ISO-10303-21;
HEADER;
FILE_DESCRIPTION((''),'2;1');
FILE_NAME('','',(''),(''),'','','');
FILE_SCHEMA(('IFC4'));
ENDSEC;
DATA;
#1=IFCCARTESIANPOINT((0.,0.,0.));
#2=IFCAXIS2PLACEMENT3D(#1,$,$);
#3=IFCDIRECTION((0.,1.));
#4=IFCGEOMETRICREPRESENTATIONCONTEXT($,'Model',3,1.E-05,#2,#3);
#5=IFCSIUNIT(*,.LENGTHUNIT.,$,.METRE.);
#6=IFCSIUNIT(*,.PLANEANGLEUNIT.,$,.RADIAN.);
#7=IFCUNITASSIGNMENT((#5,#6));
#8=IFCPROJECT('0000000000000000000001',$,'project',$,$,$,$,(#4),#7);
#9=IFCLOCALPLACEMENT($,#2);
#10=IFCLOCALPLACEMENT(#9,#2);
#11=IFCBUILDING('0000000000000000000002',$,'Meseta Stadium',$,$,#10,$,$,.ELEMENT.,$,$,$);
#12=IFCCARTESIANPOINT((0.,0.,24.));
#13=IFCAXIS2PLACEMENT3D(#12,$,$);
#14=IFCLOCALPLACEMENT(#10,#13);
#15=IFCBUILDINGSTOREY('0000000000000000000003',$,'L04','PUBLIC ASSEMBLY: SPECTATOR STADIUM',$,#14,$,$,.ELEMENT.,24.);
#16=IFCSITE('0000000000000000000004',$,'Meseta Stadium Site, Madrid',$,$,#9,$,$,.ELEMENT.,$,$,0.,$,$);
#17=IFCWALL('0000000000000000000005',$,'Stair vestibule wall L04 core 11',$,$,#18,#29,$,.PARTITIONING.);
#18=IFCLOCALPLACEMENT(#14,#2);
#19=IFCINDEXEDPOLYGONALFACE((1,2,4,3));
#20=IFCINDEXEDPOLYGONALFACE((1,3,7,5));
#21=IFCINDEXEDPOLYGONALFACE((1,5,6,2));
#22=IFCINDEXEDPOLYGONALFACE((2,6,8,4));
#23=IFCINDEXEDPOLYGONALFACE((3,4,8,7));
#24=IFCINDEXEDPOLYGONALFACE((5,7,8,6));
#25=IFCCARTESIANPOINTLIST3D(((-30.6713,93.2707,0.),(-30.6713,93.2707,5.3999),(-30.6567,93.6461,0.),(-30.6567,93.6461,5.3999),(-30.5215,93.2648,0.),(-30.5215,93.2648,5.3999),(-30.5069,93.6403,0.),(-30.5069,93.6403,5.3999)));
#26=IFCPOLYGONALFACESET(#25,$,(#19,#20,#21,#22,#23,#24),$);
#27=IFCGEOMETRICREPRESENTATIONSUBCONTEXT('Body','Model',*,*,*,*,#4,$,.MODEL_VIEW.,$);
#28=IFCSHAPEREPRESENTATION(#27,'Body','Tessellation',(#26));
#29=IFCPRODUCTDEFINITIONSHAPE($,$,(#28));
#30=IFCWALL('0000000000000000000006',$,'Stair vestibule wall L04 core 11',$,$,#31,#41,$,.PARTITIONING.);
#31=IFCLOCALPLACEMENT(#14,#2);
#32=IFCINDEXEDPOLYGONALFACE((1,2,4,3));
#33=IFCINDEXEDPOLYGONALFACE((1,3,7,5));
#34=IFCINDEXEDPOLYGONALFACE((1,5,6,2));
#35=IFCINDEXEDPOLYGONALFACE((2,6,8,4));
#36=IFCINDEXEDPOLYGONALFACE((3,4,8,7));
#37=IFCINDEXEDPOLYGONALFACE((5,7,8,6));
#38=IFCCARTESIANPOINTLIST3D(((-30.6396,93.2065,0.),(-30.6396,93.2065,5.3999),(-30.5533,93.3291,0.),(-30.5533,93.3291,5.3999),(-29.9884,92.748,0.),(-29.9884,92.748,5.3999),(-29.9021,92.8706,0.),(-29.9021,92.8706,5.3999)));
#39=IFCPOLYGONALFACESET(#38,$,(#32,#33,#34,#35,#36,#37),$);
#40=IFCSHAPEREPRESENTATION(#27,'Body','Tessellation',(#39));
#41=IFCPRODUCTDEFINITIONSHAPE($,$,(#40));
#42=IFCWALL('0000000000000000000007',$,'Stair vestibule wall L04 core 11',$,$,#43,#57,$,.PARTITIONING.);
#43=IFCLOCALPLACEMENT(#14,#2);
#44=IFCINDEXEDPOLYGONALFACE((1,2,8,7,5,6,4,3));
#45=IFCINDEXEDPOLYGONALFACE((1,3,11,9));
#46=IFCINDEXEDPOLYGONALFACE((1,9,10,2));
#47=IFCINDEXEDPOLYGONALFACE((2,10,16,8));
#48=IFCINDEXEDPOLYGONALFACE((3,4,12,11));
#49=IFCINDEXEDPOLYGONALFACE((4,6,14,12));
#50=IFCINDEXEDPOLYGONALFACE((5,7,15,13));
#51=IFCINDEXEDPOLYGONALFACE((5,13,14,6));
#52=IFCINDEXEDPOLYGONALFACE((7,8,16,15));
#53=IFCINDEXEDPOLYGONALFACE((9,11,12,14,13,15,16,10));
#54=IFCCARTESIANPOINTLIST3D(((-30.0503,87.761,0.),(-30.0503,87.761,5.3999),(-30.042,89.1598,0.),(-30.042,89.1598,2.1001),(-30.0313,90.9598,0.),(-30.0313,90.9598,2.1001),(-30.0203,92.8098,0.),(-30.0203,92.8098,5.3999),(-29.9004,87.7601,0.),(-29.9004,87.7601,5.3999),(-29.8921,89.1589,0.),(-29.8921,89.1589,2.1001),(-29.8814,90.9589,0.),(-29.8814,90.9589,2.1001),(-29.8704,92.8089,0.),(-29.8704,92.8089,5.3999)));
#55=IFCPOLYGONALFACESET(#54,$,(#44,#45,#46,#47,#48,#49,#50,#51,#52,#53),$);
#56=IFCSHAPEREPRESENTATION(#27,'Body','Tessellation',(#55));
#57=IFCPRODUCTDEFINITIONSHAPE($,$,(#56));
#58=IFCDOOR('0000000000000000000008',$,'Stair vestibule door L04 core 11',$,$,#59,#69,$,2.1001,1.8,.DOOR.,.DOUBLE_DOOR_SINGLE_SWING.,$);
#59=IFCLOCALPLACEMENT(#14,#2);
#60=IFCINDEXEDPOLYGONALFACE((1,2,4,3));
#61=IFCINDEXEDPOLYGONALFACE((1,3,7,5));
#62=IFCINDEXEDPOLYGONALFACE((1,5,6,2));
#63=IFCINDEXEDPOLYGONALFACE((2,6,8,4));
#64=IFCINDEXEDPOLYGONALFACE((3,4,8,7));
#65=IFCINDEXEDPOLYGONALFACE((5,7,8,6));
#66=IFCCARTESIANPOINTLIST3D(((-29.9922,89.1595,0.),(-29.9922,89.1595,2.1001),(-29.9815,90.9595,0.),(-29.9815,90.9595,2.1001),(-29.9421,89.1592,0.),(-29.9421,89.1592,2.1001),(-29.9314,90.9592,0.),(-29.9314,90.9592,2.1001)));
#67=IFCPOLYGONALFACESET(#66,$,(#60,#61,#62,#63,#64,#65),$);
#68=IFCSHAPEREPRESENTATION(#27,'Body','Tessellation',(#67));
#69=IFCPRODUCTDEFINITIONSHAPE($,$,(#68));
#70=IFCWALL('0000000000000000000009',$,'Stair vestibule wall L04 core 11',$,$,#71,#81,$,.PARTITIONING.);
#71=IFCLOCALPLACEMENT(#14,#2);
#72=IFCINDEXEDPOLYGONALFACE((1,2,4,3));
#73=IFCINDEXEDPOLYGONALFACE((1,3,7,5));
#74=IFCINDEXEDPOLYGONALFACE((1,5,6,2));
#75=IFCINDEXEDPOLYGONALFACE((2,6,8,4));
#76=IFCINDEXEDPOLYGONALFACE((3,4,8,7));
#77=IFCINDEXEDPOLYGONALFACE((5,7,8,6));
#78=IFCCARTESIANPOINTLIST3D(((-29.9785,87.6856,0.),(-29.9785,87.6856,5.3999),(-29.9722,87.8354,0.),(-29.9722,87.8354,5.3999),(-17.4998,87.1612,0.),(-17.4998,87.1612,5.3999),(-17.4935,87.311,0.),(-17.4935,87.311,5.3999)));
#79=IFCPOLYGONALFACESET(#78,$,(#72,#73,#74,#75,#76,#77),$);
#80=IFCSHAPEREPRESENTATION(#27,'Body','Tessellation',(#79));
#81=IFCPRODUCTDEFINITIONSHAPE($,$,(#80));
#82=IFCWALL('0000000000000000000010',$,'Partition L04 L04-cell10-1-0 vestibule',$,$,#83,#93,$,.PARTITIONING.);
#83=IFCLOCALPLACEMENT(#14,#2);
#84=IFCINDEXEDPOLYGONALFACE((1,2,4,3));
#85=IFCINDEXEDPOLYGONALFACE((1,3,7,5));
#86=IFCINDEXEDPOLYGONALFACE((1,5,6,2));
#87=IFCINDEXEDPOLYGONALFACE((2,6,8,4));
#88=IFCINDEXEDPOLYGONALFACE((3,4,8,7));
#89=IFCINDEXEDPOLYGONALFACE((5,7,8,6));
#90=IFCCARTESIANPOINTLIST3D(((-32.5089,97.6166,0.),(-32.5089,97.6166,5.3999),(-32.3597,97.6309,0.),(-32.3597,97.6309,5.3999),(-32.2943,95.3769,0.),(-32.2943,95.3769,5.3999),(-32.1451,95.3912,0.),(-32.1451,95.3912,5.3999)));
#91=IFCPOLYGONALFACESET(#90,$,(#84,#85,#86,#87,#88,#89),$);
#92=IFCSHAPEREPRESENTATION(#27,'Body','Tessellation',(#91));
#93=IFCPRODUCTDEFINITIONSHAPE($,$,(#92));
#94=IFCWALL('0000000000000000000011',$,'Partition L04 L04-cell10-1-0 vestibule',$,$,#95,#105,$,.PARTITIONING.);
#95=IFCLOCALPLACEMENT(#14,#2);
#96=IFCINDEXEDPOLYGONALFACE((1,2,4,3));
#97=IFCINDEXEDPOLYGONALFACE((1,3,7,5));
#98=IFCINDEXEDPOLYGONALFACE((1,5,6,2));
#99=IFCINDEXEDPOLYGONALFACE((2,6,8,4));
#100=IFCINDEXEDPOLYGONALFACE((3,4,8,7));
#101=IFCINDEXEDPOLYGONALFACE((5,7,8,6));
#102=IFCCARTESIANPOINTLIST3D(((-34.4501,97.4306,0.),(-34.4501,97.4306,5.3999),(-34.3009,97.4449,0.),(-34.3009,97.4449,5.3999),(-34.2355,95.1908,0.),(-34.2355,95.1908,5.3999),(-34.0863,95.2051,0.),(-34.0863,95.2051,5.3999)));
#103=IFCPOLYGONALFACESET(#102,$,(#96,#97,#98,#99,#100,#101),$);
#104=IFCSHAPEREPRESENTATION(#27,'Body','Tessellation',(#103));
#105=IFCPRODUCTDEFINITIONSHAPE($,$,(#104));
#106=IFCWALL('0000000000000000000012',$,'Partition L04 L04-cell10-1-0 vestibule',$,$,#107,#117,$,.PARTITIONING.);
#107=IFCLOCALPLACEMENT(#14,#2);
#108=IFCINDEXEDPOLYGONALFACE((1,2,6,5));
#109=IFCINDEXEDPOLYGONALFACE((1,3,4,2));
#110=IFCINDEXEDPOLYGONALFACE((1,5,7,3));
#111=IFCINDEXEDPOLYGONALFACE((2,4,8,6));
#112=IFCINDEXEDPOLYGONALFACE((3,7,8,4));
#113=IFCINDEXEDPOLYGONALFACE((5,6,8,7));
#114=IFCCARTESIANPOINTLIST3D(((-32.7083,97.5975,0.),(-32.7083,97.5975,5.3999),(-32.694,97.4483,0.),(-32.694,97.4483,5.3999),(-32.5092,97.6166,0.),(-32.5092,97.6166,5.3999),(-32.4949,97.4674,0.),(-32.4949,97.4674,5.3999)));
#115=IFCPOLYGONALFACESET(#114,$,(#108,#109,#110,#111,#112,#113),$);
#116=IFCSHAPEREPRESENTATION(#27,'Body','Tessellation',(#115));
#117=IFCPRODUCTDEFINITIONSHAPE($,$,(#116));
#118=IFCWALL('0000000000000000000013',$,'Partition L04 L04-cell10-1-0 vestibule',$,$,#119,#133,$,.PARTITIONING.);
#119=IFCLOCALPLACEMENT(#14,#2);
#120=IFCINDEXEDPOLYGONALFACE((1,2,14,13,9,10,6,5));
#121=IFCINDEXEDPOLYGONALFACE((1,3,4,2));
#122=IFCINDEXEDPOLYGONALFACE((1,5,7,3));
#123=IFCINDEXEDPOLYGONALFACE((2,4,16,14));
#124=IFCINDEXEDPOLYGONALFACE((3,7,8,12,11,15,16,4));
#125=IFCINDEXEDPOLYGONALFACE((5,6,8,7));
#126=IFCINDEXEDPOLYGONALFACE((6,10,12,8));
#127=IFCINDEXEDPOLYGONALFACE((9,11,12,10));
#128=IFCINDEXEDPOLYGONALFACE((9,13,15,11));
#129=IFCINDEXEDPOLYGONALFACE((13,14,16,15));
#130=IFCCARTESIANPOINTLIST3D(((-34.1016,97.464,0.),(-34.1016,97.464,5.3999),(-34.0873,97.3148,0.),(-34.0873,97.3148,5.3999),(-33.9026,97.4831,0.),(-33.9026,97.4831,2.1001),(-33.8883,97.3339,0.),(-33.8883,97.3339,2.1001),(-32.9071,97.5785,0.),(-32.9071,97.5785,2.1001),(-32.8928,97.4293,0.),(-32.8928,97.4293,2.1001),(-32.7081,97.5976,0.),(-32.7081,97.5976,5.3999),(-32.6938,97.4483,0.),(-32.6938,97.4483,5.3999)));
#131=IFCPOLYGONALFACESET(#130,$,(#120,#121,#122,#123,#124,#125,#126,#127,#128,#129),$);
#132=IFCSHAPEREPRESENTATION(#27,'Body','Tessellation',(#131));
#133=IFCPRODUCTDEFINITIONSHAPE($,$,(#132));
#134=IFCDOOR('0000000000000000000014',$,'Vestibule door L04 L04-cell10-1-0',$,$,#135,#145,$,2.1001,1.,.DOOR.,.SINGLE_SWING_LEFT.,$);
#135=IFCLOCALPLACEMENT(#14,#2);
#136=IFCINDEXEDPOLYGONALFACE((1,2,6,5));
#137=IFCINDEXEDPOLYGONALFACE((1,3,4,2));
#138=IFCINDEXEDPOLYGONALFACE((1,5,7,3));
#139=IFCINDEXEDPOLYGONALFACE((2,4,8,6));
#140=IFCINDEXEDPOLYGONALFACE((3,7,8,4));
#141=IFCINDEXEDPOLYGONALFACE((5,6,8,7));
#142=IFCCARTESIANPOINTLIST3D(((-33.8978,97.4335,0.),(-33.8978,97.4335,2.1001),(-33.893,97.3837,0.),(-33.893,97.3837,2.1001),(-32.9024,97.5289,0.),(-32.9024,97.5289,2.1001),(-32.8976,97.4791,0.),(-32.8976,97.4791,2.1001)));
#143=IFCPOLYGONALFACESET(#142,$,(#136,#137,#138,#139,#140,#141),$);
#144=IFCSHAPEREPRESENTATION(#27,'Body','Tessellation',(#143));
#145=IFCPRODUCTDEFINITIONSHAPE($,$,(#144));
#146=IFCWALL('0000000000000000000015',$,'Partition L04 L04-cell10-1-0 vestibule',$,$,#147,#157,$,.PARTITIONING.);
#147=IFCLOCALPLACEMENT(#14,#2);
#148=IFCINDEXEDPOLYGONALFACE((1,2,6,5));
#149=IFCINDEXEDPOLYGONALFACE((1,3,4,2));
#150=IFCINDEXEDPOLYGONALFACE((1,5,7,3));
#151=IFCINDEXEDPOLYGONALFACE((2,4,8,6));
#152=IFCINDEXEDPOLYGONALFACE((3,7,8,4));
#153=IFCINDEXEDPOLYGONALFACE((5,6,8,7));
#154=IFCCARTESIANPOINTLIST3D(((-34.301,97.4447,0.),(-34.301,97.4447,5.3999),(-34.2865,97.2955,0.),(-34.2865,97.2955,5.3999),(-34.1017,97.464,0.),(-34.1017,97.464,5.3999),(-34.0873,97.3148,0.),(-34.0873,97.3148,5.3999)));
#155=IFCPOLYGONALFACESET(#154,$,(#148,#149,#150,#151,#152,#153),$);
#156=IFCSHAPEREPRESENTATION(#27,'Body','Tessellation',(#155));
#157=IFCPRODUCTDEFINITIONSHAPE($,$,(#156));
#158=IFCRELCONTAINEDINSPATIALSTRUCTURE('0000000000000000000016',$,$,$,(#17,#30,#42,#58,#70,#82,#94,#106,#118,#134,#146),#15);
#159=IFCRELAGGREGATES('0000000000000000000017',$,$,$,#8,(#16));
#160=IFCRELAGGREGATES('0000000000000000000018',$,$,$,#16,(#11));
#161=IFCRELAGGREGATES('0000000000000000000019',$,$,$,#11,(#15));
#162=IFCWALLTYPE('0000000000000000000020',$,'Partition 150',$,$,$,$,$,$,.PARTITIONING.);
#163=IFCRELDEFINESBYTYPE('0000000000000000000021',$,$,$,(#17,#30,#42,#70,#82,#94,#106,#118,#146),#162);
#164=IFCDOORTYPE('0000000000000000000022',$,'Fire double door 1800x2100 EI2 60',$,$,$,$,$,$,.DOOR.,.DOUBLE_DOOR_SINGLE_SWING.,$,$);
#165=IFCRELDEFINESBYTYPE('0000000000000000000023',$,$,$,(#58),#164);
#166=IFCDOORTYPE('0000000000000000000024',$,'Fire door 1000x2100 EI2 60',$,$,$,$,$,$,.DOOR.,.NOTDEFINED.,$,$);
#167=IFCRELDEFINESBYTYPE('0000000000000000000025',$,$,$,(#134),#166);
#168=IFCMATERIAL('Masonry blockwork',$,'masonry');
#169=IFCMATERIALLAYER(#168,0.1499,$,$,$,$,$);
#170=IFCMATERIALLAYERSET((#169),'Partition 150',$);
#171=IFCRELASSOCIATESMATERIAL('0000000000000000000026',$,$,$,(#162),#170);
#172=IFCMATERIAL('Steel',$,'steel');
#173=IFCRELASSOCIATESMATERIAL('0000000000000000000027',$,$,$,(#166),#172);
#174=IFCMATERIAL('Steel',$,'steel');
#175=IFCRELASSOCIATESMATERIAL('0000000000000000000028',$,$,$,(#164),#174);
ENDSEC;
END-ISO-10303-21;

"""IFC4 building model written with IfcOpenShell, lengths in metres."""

from ifc_helpers import new_model, si_unit, direction, frame, frame_2d, origin, place, context, subcontext, project, spatial, rectangle, extrude, material, layer, layer_set, type_object, element, fill, save


model = new_model("IFC4")

# Units and contexts
model_context = context("Model", 3, precision=1e-05, world=origin(), true_north=direction((0.0, 1.0)))
body_context = subcontext(model_context, "Body", "Model", "MODEL_VIEW")
ifc_project = project(units=[si_unit("LENGTHUNIT", "METRE"), si_unit("PLANEANGLEUNIT", "RADIAN")], contexts=[model_context])

# Site, building, storey
site_placement = place(None, origin())
site = spatial("IfcSite", under=ifc_project, at=site_placement, Name="Meseta Stadium Site, Madrid", CompositionType="ELEMENT", RefElevation=0.0)
building_placement = place(site_placement, origin())
building = spatial("IfcBuilding", under=site, at=building_placement, Name="Meseta Stadium", CompositionType="ELEMENT")
storey_placement = place(building_placement, frame((0.0, 0.0, 24.0)))
storey = spatial("IfcBuildingStorey", under=building, at=storey_placement, Name="L04", Description="PUBLIC ASSEMBLY: SPECTATOR STADIUM", CompositionType="ELEMENT", Elevation=24.0)

# Shared definitions
ifc_material_1 = material(Name="Masonry blockwork", Category="masonry")
ifc_layer_1 = layer(ifc_material_1, 0.1499)
ifc_layer_set_1 = layer_set([ifc_layer_1], Name="Partition 150")
wall_type_1 = type_object("IfcWallType", Name="Partition 150", PredefinedType="PARTITIONING", material=ifc_layer_set_1)

# Shared definitions
ifc_material_2 = material(Name="Steel", Category="steel")
door_type_1 = type_object("IfcDoorType", Name="Fire door 1000x2100 EI2 60", OperationType="NOTDEFINED", PredefinedType="DOOR", material=ifc_material_2)

# Walls
wall_1_placement = place(storey_placement, frame((-30.5818, 93.6433, 0.0), z_axis=(0.0, 0.0, 1.0), x_axis=(-0.038982, -0.99924, 0.0)))
element("IfcWall", 1, at=wall_1_placement, inside=storey, type_object=wall_type_1, Name="Stair vestibule wall L04 core 11", PredefinedType="PARTITIONING", context=body_context, shape_type="SweptSolid", body=[
    extrude(rectangle(XDim=0.3757, YDim=0.1499, at=frame_2d((0.188, 0.0))), origin(), (0.0, 0.0, 1.0), 5.3999),
])
wall_2_placement = place(storey_placement, frame((-30.5964, 93.2678, 0.0), z_axis=(0.0, 0.0, 1.0), x_axis=(0.81763, -0.575744, 0.0)))
element("IfcWall", 2, at=wall_2_placement, inside=storey, type_object=wall_type_1, Name="Stair vestibule wall L04 core 11", PredefinedType="PARTITIONING", context=body_context, shape_type="SweptSolid", body=[
    extrude(rectangle(XDim=0.7964, YDim=0.1499, at=frame_2d((0.3982, 0.0))), origin(), (0.0, 0.0, 1.0), 5.3999),
])

# Wall, opening, door
wall_3_placement = place(storey_placement, frame((-29.9453, 92.8093, 0.0), z_axis=(0.0, 0.0, 1.0), x_axis=(-0.005948, -0.999982, 0.0)))
wall_3 = element("IfcWall", 3, at=wall_3_placement, inside=storey, type_object=wall_type_1, Name="Stair vestibule wall L04 core 11", PredefinedType="PARTITIONING", context=body_context, shape_type="SweptSolid", body=[
    extrude(rectangle(XDim=5.0488, YDim=0.1499, at=frame_2d((2.5244, 0.0))), origin(), (0.0, 0.0, 1.0), 5.3999),
])
opening_1_placement = place(wall_3_placement, frame((1.8501, 0.0, 0.0)))
opening_1 = element("IfcOpeningElement", 4, at=opening_1_placement, cuts=wall_3, PredefinedType="OPENING", context=body_context, shape_type="SweptSolid", body=[
    extrude(rectangle(XDim=1.8, YDim=2.1001, at=frame_2d((0.8999, 1.05))), frame((0.0, 0.085, 0.0), z_axis=(0.0, -1.0, 0.0), x_axis=(1.0, 0.0, 0.0)), (0.0, 0.0, 1.0), 0.1699),
])
ifc_material_3 = material(Name="Steel", Category="steel")
door_type_2 = type_object("IfcDoorType", Name="Fire double door 1800x2100 EI2 60", OperationType="DOUBLE_DOOR_SINGLE_SWING", PredefinedType="DOOR", material=ifc_material_3)
door_1_placement = place(opening_1_placement, origin())
door_1 = element("IfcDoor", 5, at=door_1_placement, inside=storey, type_object=door_type_2, Name="Stair vestibule door L04 core 11", OperationType="DOUBLE_DOOR_SINGLE_SWING", OverallHeight=2.1001, OverallWidth=1.8, PredefinedType="DOOR", context=body_context, shape_type="SweptSolid", body=[
    extrude(rectangle(XDim=1.8, YDim=2.1001, at=frame_2d((0.8999, 1.05))), frame((0.0, 0.0249, 0.0), z_axis=(0.0, -1.0, 0.0), x_axis=(1.0, 0.0, 0.0)), (0.0, 0.0, 1.0), 0.05),
])
fill(opening_1, door_1)

# Walls
wall_4_placement = place(storey_placement, frame((-29.9753, 87.7605, 0.0), z_axis=(0.0, 0.0, 1.0), x_axis=(0.999118, -0.041987, 0.0)))
element("IfcWall", 6, at=wall_4_placement, inside=storey, type_object=wall_type_1, Name="Stair vestibule wall L04 core 11", PredefinedType="PARTITIONING", context=body_context, shape_type="SweptSolid", body=[
    extrude(rectangle(XDim=12.4897, YDim=0.1499, at=frame_2d((6.2449, 0.0))), origin(), (0.0, 0.0, 1.0), 5.3999),
])
for number, where, z_axis, x_axis, name in (
    (7, (-32.2197, 95.384, 0.0), (0.0, 0.0, 1.0), (-0.095377, 0.995441, 0.0), "Partition L04 L04-cell10-1-0 vestibule"),
    (8, (-34.1609, 95.198, 0.0), (0.0, 0.0, 1.0), (-0.095377, 0.995441, 0.0), "Partition L04 L04-cell10-1-0 vestibule"),
):
    element("IfcWall", number, at=place(storey_placement, frame(where, z_axis=z_axis, x_axis=x_axis)), inside=storey, type_object=wall_type_1, Name=name, PredefinedType="PARTITIONING", context=body_context, shape_type="SweptSolid", body=[
        extrude(rectangle(XDim=2.25, YDim=0.1499, at=frame_2d((1.125, 0.0))), origin(), (0.0, 0.0, 1.0), 5.3999),
    ])
wall_5_placement = place(storey_placement, frame((-32.502, 97.542, 0.0), z_axis=(0.0, 0.0, 1.0), x_axis=(-0.995451, -0.09527, 0.0)))
element("IfcWall", 9, at=wall_5_placement, inside=storey, type_object=wall_type_1, Name="Partition L04 L04-cell10-1-0 vestibule", PredefinedType="PARTITIONING", context=body_context, shape_type="SweptSolid", body=[
    extrude(rectangle(XDim=0.2, YDim=0.1499, at=frame_2d((0.1001, 0.0))), origin(), (0.0, 0.0, 1.0), 5.3999),
])

# Wall, opening, door
wall_6_placement = place(storey_placement, frame((-32.7009, 97.5229, 0.0), z_axis=(0.0, 0.0, 1.0), x_axis=(-0.99544, -0.095393, 0.0)))
wall_6 = element("IfcWall", 10, at=wall_6_placement, inside=storey, type_object=wall_type_1, Name="Partition L04 L04-cell10-1-0 vestibule", PredefinedType="PARTITIONING", context=body_context, shape_type="SweptSolid", body=[
    extrude(rectangle(XDim=1.3999, YDim=0.1499, at=frame_2d((0.7, 0.0))), origin(), (0.0, 0.0, 1.0), 5.3999),
])
opening_2_placement = place(wall_6_placement, frame((0.2, 0.0, 0.0)))
opening_2 = element("IfcOpeningElement", 11, at=opening_2_placement, cuts=wall_6, PredefinedType="OPENING", context=body_context, shape_type="SweptSolid", body=[
    extrude(rectangle(XDim=1.0, YDim=2.1001, at=frame_2d((0.5, 1.05))), frame((0.0, 0.085, 0.0), z_axis=(0.0, -1.0, 0.0), x_axis=(1.0, 0.0, 0.0)), (0.0, 0.0, 1.0), 0.1699),
])
door_2_placement = place(opening_2_placement, origin())
door_2 = element("IfcDoor", 12, at=door_2_placement, inside=storey, type_object=door_type_1, Name="Vestibule door L04 L04-cell10-1-0", OperationType="SINGLE_SWING_LEFT", OverallHeight=2.1001, OverallWidth=1.0, PredefinedType="DOOR", context=body_context, shape_type="SweptSolid", body=[
    extrude(rectangle(XDim=1.0, YDim=2.1001, at=frame_2d((0.5, 1.05))), frame((0.0, 0.0249, 0.0), z_axis=(0.0, -1.0, 0.0), x_axis=(1.0, 0.0, 0.0)), (0.0, 0.0, 1.0), 0.05),
])
fill(opening_2, door_2)

# Wall
wall_7_placement = place(storey_placement, frame((-34.0945, 97.3894, 0.0), z_axis=(0.0, 0.0, 1.0), x_axis=(-0.995346, -0.096363, 0.0)))
element("IfcWall", 13, at=wall_7_placement, inside=storey, type_object=wall_type_1, Name="Partition L04 L04-cell10-1-0 vestibule", PredefinedType="PARTITIONING", context=body_context, shape_type="SweptSolid", body=[
    extrude(rectangle(XDim=0.2002, YDim=0.1499, at=frame_2d((0.1001, 0.0))), origin(), (0.0, 0.0, 1.0), 5.3999),
])

save(model, "model.ifc")
